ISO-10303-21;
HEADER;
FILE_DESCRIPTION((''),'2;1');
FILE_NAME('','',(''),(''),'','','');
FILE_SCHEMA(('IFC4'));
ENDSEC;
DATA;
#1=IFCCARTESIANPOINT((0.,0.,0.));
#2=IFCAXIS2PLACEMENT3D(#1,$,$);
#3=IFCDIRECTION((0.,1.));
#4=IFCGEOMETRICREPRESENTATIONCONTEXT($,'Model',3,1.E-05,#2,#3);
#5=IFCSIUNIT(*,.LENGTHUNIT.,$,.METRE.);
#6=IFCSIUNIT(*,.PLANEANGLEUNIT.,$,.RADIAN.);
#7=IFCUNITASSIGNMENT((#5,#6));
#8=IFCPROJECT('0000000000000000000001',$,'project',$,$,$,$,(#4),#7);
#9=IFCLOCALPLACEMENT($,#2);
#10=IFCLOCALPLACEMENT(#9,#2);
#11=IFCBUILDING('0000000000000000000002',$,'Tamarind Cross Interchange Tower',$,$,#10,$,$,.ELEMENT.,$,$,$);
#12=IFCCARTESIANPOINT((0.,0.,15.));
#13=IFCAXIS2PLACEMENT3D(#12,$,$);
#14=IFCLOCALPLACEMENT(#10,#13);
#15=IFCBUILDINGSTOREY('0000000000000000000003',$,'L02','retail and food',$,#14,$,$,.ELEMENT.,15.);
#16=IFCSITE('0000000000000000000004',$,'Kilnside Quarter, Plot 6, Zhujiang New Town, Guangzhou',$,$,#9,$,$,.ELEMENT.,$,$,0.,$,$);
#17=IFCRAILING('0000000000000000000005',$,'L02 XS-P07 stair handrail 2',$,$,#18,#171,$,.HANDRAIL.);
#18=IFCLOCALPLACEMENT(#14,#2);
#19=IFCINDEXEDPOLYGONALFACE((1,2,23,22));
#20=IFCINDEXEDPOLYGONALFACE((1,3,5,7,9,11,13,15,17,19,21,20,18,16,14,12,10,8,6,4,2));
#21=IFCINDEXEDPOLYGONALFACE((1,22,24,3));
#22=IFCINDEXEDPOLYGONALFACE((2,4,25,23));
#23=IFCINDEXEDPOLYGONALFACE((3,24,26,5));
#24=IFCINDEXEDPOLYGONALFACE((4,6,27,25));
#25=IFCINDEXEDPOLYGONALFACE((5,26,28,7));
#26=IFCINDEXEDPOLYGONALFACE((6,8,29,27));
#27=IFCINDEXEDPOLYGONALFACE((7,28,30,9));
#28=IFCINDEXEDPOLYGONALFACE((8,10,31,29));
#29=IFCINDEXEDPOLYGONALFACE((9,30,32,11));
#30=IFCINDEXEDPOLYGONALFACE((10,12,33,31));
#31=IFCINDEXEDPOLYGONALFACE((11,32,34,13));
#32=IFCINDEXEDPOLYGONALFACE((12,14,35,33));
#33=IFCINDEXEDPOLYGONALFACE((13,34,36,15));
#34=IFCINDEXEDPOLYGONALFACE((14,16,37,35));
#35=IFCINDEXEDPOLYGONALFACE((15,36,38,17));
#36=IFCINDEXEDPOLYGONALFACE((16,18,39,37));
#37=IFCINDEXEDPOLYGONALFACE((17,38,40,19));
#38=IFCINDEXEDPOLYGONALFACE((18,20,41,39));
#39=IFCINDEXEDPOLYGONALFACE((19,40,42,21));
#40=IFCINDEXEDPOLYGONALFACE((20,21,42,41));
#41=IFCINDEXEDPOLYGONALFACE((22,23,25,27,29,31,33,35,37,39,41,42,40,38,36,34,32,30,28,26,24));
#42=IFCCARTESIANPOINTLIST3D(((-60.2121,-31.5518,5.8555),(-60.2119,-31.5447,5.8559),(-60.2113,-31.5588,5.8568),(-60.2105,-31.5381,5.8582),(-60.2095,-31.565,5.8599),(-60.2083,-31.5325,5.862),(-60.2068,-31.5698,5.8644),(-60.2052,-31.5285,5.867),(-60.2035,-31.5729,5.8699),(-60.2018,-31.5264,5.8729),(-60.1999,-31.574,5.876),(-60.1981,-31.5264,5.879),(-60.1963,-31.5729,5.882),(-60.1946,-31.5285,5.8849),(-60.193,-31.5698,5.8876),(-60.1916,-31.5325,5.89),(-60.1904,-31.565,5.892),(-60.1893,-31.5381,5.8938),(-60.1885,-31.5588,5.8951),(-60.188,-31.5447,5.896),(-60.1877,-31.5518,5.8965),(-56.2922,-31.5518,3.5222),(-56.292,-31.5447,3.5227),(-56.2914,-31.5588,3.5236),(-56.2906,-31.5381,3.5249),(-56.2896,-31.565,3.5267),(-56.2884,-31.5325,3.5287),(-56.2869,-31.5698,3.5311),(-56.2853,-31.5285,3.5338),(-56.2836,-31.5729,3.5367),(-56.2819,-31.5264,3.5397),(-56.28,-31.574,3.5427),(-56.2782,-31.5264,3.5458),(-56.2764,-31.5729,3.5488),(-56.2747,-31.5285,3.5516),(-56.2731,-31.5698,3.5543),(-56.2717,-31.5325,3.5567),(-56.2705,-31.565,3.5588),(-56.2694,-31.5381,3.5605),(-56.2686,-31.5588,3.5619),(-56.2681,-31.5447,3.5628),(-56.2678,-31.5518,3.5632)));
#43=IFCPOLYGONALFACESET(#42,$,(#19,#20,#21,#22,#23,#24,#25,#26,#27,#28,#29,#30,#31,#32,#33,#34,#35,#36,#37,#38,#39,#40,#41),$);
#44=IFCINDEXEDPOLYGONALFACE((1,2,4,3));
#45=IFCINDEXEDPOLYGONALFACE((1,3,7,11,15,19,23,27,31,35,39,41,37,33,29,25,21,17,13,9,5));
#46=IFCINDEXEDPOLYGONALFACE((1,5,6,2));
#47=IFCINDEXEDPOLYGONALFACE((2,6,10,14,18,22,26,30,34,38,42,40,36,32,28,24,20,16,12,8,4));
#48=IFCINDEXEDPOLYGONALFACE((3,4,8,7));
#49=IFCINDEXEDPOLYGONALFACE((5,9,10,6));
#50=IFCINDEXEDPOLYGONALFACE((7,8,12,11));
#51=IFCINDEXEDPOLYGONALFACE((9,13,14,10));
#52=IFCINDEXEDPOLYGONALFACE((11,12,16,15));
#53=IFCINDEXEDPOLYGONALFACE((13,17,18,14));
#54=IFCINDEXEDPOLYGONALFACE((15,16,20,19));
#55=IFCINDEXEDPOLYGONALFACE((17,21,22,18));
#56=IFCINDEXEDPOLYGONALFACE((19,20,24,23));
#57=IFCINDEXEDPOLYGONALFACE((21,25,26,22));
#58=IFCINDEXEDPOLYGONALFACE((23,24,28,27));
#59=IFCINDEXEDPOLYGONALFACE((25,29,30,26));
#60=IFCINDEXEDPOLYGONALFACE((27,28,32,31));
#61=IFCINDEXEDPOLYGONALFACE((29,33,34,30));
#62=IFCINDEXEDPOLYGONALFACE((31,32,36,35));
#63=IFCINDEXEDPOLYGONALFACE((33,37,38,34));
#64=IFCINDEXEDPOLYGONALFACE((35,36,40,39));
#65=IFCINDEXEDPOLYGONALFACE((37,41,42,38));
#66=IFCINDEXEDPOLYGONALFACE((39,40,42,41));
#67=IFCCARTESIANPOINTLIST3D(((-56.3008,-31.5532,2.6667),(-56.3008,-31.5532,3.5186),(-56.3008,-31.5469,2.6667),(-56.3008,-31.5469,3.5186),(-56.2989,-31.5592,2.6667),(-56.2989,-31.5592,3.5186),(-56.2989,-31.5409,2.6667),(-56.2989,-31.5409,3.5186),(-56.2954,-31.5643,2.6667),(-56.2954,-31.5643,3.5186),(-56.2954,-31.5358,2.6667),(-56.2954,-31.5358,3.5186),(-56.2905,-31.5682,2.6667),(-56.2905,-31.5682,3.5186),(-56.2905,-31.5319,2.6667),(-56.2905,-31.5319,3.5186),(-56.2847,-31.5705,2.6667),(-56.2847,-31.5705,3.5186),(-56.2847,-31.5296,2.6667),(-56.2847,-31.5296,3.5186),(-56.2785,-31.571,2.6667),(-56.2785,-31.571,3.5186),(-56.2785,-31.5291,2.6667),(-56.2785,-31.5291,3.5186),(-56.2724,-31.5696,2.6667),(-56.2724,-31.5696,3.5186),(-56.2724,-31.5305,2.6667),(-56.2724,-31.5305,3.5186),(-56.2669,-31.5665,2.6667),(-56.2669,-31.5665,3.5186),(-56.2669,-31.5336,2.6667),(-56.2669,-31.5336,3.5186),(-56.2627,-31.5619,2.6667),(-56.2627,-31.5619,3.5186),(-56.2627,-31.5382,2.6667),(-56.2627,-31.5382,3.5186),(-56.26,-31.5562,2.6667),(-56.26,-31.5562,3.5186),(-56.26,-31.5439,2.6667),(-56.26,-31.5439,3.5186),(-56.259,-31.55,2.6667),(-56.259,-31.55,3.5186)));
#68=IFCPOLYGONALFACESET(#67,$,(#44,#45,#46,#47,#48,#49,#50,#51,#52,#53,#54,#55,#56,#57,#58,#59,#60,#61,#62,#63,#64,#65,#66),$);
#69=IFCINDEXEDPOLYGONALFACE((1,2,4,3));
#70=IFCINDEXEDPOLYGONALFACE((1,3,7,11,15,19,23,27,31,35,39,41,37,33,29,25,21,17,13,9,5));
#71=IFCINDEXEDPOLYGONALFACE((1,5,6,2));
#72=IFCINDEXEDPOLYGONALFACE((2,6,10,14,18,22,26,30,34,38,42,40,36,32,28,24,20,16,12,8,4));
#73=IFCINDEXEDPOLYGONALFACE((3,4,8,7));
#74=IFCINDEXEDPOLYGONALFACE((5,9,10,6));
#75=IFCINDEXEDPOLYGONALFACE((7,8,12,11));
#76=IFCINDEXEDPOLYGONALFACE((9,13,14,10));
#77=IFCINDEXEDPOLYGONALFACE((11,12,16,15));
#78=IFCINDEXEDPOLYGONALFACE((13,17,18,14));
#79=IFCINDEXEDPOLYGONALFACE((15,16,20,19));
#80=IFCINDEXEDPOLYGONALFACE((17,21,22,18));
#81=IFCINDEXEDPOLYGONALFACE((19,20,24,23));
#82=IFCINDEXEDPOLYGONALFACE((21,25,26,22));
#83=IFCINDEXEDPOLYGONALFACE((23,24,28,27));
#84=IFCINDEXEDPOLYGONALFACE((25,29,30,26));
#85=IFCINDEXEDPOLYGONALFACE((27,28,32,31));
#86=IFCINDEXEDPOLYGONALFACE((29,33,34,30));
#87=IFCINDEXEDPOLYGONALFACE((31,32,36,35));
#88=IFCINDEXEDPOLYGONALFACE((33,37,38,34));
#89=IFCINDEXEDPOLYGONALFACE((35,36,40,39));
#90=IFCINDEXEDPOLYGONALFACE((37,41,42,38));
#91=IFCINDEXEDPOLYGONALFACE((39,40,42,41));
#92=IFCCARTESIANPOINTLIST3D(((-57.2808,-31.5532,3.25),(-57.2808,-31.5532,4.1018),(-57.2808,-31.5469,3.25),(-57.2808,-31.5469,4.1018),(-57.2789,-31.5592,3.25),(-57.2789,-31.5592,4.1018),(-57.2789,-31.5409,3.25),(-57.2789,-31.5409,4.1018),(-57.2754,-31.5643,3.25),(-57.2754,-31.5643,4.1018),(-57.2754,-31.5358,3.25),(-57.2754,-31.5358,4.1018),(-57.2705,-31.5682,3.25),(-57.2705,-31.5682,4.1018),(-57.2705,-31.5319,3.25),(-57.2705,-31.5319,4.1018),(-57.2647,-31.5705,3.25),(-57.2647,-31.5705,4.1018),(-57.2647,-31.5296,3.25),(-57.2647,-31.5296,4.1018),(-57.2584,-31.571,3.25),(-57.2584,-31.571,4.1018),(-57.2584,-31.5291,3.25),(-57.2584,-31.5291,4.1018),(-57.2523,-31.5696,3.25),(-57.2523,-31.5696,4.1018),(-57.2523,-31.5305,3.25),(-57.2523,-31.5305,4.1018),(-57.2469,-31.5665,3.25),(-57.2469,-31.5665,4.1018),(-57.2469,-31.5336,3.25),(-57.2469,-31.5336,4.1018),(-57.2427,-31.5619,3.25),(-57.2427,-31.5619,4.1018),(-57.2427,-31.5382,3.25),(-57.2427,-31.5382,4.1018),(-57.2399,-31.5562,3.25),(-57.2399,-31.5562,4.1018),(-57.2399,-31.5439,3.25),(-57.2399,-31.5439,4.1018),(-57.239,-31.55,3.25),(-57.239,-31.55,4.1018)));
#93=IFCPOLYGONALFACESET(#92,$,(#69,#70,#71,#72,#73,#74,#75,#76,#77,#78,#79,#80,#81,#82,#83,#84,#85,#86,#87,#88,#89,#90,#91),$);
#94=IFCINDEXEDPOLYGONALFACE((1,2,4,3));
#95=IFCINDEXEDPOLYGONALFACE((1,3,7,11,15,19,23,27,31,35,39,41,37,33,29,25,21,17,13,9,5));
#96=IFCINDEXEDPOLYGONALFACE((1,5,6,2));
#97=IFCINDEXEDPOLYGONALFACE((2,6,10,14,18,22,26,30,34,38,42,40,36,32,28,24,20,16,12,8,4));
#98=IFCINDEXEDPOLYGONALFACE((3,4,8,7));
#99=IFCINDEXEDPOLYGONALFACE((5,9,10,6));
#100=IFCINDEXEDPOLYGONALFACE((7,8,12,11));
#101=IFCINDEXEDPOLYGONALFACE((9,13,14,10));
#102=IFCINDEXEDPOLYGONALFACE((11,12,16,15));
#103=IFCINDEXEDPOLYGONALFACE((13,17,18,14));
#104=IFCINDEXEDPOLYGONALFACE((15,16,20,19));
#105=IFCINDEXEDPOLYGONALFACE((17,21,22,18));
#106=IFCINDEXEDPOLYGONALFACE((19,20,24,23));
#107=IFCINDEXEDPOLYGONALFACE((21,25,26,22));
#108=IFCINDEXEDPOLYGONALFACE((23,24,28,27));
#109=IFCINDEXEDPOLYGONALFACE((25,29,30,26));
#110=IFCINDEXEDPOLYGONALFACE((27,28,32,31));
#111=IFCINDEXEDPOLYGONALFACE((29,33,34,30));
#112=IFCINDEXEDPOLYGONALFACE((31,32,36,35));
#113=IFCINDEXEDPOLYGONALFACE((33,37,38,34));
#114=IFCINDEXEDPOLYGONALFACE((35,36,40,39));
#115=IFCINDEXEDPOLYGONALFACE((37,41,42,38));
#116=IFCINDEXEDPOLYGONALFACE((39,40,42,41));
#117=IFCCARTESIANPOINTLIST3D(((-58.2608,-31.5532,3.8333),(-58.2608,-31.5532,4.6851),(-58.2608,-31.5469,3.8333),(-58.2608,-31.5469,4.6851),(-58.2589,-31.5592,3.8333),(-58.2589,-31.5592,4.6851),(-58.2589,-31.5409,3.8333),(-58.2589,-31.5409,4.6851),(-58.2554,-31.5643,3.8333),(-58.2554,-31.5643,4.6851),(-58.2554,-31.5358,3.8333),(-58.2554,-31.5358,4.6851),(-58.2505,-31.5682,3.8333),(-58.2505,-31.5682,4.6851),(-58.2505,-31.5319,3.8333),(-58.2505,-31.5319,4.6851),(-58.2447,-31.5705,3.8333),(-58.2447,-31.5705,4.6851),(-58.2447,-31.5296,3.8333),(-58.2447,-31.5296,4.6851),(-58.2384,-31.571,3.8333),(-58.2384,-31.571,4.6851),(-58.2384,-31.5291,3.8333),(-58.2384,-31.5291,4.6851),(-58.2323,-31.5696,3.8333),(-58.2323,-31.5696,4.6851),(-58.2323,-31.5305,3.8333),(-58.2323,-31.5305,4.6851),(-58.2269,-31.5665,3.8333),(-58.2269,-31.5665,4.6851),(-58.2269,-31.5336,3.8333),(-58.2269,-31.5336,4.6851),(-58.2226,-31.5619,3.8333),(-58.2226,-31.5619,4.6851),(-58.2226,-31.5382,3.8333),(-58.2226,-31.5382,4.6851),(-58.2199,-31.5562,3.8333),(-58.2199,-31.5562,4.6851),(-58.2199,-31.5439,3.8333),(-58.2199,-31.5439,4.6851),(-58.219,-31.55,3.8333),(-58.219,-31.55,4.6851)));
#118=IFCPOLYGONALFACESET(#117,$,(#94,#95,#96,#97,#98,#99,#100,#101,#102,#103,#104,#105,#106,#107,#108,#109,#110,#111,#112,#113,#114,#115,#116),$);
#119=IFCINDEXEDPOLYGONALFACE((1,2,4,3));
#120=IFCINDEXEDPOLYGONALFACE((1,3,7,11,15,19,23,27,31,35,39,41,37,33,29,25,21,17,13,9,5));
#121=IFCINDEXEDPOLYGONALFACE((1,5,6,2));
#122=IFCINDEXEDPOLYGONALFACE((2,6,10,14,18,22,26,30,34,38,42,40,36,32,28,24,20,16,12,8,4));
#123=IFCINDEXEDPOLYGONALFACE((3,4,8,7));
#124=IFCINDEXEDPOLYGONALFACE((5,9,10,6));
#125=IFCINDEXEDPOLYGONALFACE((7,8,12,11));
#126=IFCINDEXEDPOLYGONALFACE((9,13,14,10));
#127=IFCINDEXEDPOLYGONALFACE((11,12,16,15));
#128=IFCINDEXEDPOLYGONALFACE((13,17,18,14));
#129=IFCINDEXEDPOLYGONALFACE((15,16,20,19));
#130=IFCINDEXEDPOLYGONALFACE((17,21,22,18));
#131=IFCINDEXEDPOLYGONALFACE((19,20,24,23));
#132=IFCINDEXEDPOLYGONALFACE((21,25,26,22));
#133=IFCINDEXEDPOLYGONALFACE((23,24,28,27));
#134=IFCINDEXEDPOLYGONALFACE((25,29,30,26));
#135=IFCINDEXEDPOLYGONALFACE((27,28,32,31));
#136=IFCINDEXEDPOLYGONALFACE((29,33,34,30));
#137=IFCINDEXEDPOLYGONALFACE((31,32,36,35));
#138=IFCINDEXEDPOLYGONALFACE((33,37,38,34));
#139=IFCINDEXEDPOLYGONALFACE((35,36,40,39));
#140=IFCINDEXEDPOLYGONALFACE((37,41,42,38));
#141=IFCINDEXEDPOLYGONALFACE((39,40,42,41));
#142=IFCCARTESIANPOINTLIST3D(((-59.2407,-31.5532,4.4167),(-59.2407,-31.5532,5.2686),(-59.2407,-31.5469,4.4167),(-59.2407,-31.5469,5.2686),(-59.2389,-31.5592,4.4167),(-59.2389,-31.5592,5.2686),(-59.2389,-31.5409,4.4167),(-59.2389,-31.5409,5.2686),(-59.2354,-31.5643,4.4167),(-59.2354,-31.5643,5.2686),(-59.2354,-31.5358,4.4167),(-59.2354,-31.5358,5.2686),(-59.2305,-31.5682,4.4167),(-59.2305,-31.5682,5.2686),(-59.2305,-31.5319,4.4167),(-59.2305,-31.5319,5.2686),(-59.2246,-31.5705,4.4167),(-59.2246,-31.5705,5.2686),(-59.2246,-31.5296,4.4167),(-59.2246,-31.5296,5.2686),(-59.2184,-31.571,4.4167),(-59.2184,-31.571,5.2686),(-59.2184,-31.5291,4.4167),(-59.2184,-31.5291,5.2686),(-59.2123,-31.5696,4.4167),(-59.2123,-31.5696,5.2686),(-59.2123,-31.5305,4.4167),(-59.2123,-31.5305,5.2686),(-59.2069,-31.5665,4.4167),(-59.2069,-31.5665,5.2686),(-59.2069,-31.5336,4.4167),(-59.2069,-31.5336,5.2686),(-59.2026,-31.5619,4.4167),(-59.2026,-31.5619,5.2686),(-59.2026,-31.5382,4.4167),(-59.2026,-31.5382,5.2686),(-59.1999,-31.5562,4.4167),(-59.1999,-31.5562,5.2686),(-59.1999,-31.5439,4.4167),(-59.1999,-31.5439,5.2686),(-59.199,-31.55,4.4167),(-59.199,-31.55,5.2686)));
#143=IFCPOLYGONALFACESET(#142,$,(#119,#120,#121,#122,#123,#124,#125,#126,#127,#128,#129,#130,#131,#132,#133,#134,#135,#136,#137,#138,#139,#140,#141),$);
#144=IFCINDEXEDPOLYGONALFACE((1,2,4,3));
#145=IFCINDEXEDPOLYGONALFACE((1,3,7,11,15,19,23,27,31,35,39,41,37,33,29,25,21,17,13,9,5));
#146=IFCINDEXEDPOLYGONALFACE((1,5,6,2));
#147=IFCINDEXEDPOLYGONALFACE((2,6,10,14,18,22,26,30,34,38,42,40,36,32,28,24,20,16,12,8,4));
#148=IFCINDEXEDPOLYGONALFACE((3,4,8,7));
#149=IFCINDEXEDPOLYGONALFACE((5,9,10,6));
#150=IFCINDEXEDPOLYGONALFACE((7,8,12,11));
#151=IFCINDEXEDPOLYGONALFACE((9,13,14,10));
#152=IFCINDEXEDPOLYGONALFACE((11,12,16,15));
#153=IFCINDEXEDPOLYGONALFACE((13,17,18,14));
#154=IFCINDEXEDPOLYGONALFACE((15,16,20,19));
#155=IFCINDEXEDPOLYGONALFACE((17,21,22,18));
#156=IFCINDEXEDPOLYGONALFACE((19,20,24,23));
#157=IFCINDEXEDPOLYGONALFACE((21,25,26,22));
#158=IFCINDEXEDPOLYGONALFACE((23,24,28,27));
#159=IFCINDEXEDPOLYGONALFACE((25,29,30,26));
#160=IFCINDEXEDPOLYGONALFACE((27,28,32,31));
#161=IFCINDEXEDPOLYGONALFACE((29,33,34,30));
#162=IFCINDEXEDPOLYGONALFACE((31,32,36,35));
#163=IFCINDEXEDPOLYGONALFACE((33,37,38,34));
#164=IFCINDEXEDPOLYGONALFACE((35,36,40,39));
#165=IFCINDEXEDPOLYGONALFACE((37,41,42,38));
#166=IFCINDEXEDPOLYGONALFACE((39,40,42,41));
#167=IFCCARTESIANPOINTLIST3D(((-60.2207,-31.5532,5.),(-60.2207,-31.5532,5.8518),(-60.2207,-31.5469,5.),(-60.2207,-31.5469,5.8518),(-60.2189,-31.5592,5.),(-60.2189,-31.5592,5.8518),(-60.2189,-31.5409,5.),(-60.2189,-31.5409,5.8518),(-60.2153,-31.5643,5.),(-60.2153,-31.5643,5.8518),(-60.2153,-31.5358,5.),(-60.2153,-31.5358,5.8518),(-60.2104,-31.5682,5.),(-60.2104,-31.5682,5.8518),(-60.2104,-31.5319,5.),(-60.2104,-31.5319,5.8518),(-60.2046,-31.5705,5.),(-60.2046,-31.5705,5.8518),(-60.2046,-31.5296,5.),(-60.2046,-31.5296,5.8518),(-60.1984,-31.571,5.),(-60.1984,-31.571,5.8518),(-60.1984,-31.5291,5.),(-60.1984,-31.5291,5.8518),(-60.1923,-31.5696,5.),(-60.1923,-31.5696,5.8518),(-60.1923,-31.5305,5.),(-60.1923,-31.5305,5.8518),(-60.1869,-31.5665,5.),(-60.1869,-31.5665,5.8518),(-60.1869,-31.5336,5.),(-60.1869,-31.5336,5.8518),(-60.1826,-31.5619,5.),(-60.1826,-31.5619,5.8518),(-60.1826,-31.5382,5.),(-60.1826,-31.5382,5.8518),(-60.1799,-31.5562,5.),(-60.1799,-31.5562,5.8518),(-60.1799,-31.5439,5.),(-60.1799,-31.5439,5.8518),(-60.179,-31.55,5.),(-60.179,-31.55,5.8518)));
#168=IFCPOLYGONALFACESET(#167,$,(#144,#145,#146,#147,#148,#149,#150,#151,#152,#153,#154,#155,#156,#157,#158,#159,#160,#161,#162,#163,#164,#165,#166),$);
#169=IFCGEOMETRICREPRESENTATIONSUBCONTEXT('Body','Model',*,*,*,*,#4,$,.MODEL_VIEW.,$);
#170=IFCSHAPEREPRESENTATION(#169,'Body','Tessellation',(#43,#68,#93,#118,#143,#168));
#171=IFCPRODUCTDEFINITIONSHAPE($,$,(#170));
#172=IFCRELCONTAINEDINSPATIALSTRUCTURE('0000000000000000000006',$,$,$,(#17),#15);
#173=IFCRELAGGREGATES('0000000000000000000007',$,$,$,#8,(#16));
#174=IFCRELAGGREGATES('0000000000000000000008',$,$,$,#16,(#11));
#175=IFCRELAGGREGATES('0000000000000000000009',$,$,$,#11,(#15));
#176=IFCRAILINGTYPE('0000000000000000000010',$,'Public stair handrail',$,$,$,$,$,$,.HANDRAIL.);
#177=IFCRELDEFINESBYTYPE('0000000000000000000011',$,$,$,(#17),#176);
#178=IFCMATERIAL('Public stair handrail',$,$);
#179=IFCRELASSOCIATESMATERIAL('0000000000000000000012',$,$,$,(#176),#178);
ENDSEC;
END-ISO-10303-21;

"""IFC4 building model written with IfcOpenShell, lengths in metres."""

from ifc_helpers import new_model, si_unit, direction, frame, origin, origin_2d, place, context, subcontext, project, spatial, circle, extrude, material, type_object, element, save


model = new_model("IFC4")

# Units and contexts
model_context = context("Model", 3, precision=1e-05, world=origin(), true_north=direction((0.0, 1.0)))
body_context = subcontext(model_context, "Body", "Model", "MODEL_VIEW")
ifc_project = project(units=[si_unit("LENGTHUNIT", "METRE"), si_unit("PLANEANGLEUNIT", "RADIAN")], contexts=[model_context])

# Site, building, storey
site_placement = place(None, origin())
site = spatial("IfcSite", under=ifc_project, at=site_placement, Name="Kilnside Quarter, Plot 6, Zhujiang New Town, Guangzhou", CompositionType="ELEMENT", RefElevation=0.0)
building_placement = place(site_placement, origin())
building = spatial("IfcBuilding", under=site, at=building_placement, Name="Tamarind Cross Interchange Tower", CompositionType="ELEMENT")
storey_placement = place(building_placement, frame((0.0, 0.0, 15.0)))
storey = spatial("IfcBuildingStorey", under=building, at=storey_placement, Name="L02", Description="retail and food", CompositionType="ELEMENT", Elevation=15.0)

# Railing
ifc_material_1 = material(Name="Public stair handrail")
railing_type_1 = type_object("IfcRailingType", Name="Public stair handrail", PredefinedType="HANDRAIL", material=ifc_material_1)
railing_1_placement = place(storey_placement, frame((-56.28, -31.55, 2.6667)))
element("IfcRailing", 1, at=railing_1_placement, inside=storey, type_object=railing_type_1, Name="L02 XS-P07 stair handrail 2", PredefinedType="HANDRAIL", context=body_context, shape_type="SweptSolid", body=[
    extrude(circle(Radius=0.0239, at=origin_2d()), frame((0.0, 0.0, 0.876), z_axis=(-0.859296, 0.0, 0.511478), x_axis=(0.0, -1.0, 0.0)), (0.0, 0.0, 1.0), 4.5618),
    extrude(circle(Radius=0.021, at=origin_2d()), origin(), (0.0, 0.0, 1.0), 0.8518),
    extrude(circle(Radius=0.021, at=origin_2d()), frame((-0.98, 0.0, 0.5833)), (0.0, 0.0, 1.0), 0.8518),
    extrude(circle(Radius=0.021, at=origin_2d()), frame((-1.96, 0.0, 1.1665)), (0.0, 0.0, 1.0), 0.8518),
    extrude(circle(Radius=0.021, at=origin_2d()), frame((-2.9399, 0.0, 1.75)), (0.0, 0.0, 1.0), 0.8518),
    extrude(circle(Radius=0.021, at=origin_2d()), frame((-3.9199, 0.0, 2.3333)), (0.0, 0.0, 1.0), 0.8518),
])

save(model, "model.ifc")
